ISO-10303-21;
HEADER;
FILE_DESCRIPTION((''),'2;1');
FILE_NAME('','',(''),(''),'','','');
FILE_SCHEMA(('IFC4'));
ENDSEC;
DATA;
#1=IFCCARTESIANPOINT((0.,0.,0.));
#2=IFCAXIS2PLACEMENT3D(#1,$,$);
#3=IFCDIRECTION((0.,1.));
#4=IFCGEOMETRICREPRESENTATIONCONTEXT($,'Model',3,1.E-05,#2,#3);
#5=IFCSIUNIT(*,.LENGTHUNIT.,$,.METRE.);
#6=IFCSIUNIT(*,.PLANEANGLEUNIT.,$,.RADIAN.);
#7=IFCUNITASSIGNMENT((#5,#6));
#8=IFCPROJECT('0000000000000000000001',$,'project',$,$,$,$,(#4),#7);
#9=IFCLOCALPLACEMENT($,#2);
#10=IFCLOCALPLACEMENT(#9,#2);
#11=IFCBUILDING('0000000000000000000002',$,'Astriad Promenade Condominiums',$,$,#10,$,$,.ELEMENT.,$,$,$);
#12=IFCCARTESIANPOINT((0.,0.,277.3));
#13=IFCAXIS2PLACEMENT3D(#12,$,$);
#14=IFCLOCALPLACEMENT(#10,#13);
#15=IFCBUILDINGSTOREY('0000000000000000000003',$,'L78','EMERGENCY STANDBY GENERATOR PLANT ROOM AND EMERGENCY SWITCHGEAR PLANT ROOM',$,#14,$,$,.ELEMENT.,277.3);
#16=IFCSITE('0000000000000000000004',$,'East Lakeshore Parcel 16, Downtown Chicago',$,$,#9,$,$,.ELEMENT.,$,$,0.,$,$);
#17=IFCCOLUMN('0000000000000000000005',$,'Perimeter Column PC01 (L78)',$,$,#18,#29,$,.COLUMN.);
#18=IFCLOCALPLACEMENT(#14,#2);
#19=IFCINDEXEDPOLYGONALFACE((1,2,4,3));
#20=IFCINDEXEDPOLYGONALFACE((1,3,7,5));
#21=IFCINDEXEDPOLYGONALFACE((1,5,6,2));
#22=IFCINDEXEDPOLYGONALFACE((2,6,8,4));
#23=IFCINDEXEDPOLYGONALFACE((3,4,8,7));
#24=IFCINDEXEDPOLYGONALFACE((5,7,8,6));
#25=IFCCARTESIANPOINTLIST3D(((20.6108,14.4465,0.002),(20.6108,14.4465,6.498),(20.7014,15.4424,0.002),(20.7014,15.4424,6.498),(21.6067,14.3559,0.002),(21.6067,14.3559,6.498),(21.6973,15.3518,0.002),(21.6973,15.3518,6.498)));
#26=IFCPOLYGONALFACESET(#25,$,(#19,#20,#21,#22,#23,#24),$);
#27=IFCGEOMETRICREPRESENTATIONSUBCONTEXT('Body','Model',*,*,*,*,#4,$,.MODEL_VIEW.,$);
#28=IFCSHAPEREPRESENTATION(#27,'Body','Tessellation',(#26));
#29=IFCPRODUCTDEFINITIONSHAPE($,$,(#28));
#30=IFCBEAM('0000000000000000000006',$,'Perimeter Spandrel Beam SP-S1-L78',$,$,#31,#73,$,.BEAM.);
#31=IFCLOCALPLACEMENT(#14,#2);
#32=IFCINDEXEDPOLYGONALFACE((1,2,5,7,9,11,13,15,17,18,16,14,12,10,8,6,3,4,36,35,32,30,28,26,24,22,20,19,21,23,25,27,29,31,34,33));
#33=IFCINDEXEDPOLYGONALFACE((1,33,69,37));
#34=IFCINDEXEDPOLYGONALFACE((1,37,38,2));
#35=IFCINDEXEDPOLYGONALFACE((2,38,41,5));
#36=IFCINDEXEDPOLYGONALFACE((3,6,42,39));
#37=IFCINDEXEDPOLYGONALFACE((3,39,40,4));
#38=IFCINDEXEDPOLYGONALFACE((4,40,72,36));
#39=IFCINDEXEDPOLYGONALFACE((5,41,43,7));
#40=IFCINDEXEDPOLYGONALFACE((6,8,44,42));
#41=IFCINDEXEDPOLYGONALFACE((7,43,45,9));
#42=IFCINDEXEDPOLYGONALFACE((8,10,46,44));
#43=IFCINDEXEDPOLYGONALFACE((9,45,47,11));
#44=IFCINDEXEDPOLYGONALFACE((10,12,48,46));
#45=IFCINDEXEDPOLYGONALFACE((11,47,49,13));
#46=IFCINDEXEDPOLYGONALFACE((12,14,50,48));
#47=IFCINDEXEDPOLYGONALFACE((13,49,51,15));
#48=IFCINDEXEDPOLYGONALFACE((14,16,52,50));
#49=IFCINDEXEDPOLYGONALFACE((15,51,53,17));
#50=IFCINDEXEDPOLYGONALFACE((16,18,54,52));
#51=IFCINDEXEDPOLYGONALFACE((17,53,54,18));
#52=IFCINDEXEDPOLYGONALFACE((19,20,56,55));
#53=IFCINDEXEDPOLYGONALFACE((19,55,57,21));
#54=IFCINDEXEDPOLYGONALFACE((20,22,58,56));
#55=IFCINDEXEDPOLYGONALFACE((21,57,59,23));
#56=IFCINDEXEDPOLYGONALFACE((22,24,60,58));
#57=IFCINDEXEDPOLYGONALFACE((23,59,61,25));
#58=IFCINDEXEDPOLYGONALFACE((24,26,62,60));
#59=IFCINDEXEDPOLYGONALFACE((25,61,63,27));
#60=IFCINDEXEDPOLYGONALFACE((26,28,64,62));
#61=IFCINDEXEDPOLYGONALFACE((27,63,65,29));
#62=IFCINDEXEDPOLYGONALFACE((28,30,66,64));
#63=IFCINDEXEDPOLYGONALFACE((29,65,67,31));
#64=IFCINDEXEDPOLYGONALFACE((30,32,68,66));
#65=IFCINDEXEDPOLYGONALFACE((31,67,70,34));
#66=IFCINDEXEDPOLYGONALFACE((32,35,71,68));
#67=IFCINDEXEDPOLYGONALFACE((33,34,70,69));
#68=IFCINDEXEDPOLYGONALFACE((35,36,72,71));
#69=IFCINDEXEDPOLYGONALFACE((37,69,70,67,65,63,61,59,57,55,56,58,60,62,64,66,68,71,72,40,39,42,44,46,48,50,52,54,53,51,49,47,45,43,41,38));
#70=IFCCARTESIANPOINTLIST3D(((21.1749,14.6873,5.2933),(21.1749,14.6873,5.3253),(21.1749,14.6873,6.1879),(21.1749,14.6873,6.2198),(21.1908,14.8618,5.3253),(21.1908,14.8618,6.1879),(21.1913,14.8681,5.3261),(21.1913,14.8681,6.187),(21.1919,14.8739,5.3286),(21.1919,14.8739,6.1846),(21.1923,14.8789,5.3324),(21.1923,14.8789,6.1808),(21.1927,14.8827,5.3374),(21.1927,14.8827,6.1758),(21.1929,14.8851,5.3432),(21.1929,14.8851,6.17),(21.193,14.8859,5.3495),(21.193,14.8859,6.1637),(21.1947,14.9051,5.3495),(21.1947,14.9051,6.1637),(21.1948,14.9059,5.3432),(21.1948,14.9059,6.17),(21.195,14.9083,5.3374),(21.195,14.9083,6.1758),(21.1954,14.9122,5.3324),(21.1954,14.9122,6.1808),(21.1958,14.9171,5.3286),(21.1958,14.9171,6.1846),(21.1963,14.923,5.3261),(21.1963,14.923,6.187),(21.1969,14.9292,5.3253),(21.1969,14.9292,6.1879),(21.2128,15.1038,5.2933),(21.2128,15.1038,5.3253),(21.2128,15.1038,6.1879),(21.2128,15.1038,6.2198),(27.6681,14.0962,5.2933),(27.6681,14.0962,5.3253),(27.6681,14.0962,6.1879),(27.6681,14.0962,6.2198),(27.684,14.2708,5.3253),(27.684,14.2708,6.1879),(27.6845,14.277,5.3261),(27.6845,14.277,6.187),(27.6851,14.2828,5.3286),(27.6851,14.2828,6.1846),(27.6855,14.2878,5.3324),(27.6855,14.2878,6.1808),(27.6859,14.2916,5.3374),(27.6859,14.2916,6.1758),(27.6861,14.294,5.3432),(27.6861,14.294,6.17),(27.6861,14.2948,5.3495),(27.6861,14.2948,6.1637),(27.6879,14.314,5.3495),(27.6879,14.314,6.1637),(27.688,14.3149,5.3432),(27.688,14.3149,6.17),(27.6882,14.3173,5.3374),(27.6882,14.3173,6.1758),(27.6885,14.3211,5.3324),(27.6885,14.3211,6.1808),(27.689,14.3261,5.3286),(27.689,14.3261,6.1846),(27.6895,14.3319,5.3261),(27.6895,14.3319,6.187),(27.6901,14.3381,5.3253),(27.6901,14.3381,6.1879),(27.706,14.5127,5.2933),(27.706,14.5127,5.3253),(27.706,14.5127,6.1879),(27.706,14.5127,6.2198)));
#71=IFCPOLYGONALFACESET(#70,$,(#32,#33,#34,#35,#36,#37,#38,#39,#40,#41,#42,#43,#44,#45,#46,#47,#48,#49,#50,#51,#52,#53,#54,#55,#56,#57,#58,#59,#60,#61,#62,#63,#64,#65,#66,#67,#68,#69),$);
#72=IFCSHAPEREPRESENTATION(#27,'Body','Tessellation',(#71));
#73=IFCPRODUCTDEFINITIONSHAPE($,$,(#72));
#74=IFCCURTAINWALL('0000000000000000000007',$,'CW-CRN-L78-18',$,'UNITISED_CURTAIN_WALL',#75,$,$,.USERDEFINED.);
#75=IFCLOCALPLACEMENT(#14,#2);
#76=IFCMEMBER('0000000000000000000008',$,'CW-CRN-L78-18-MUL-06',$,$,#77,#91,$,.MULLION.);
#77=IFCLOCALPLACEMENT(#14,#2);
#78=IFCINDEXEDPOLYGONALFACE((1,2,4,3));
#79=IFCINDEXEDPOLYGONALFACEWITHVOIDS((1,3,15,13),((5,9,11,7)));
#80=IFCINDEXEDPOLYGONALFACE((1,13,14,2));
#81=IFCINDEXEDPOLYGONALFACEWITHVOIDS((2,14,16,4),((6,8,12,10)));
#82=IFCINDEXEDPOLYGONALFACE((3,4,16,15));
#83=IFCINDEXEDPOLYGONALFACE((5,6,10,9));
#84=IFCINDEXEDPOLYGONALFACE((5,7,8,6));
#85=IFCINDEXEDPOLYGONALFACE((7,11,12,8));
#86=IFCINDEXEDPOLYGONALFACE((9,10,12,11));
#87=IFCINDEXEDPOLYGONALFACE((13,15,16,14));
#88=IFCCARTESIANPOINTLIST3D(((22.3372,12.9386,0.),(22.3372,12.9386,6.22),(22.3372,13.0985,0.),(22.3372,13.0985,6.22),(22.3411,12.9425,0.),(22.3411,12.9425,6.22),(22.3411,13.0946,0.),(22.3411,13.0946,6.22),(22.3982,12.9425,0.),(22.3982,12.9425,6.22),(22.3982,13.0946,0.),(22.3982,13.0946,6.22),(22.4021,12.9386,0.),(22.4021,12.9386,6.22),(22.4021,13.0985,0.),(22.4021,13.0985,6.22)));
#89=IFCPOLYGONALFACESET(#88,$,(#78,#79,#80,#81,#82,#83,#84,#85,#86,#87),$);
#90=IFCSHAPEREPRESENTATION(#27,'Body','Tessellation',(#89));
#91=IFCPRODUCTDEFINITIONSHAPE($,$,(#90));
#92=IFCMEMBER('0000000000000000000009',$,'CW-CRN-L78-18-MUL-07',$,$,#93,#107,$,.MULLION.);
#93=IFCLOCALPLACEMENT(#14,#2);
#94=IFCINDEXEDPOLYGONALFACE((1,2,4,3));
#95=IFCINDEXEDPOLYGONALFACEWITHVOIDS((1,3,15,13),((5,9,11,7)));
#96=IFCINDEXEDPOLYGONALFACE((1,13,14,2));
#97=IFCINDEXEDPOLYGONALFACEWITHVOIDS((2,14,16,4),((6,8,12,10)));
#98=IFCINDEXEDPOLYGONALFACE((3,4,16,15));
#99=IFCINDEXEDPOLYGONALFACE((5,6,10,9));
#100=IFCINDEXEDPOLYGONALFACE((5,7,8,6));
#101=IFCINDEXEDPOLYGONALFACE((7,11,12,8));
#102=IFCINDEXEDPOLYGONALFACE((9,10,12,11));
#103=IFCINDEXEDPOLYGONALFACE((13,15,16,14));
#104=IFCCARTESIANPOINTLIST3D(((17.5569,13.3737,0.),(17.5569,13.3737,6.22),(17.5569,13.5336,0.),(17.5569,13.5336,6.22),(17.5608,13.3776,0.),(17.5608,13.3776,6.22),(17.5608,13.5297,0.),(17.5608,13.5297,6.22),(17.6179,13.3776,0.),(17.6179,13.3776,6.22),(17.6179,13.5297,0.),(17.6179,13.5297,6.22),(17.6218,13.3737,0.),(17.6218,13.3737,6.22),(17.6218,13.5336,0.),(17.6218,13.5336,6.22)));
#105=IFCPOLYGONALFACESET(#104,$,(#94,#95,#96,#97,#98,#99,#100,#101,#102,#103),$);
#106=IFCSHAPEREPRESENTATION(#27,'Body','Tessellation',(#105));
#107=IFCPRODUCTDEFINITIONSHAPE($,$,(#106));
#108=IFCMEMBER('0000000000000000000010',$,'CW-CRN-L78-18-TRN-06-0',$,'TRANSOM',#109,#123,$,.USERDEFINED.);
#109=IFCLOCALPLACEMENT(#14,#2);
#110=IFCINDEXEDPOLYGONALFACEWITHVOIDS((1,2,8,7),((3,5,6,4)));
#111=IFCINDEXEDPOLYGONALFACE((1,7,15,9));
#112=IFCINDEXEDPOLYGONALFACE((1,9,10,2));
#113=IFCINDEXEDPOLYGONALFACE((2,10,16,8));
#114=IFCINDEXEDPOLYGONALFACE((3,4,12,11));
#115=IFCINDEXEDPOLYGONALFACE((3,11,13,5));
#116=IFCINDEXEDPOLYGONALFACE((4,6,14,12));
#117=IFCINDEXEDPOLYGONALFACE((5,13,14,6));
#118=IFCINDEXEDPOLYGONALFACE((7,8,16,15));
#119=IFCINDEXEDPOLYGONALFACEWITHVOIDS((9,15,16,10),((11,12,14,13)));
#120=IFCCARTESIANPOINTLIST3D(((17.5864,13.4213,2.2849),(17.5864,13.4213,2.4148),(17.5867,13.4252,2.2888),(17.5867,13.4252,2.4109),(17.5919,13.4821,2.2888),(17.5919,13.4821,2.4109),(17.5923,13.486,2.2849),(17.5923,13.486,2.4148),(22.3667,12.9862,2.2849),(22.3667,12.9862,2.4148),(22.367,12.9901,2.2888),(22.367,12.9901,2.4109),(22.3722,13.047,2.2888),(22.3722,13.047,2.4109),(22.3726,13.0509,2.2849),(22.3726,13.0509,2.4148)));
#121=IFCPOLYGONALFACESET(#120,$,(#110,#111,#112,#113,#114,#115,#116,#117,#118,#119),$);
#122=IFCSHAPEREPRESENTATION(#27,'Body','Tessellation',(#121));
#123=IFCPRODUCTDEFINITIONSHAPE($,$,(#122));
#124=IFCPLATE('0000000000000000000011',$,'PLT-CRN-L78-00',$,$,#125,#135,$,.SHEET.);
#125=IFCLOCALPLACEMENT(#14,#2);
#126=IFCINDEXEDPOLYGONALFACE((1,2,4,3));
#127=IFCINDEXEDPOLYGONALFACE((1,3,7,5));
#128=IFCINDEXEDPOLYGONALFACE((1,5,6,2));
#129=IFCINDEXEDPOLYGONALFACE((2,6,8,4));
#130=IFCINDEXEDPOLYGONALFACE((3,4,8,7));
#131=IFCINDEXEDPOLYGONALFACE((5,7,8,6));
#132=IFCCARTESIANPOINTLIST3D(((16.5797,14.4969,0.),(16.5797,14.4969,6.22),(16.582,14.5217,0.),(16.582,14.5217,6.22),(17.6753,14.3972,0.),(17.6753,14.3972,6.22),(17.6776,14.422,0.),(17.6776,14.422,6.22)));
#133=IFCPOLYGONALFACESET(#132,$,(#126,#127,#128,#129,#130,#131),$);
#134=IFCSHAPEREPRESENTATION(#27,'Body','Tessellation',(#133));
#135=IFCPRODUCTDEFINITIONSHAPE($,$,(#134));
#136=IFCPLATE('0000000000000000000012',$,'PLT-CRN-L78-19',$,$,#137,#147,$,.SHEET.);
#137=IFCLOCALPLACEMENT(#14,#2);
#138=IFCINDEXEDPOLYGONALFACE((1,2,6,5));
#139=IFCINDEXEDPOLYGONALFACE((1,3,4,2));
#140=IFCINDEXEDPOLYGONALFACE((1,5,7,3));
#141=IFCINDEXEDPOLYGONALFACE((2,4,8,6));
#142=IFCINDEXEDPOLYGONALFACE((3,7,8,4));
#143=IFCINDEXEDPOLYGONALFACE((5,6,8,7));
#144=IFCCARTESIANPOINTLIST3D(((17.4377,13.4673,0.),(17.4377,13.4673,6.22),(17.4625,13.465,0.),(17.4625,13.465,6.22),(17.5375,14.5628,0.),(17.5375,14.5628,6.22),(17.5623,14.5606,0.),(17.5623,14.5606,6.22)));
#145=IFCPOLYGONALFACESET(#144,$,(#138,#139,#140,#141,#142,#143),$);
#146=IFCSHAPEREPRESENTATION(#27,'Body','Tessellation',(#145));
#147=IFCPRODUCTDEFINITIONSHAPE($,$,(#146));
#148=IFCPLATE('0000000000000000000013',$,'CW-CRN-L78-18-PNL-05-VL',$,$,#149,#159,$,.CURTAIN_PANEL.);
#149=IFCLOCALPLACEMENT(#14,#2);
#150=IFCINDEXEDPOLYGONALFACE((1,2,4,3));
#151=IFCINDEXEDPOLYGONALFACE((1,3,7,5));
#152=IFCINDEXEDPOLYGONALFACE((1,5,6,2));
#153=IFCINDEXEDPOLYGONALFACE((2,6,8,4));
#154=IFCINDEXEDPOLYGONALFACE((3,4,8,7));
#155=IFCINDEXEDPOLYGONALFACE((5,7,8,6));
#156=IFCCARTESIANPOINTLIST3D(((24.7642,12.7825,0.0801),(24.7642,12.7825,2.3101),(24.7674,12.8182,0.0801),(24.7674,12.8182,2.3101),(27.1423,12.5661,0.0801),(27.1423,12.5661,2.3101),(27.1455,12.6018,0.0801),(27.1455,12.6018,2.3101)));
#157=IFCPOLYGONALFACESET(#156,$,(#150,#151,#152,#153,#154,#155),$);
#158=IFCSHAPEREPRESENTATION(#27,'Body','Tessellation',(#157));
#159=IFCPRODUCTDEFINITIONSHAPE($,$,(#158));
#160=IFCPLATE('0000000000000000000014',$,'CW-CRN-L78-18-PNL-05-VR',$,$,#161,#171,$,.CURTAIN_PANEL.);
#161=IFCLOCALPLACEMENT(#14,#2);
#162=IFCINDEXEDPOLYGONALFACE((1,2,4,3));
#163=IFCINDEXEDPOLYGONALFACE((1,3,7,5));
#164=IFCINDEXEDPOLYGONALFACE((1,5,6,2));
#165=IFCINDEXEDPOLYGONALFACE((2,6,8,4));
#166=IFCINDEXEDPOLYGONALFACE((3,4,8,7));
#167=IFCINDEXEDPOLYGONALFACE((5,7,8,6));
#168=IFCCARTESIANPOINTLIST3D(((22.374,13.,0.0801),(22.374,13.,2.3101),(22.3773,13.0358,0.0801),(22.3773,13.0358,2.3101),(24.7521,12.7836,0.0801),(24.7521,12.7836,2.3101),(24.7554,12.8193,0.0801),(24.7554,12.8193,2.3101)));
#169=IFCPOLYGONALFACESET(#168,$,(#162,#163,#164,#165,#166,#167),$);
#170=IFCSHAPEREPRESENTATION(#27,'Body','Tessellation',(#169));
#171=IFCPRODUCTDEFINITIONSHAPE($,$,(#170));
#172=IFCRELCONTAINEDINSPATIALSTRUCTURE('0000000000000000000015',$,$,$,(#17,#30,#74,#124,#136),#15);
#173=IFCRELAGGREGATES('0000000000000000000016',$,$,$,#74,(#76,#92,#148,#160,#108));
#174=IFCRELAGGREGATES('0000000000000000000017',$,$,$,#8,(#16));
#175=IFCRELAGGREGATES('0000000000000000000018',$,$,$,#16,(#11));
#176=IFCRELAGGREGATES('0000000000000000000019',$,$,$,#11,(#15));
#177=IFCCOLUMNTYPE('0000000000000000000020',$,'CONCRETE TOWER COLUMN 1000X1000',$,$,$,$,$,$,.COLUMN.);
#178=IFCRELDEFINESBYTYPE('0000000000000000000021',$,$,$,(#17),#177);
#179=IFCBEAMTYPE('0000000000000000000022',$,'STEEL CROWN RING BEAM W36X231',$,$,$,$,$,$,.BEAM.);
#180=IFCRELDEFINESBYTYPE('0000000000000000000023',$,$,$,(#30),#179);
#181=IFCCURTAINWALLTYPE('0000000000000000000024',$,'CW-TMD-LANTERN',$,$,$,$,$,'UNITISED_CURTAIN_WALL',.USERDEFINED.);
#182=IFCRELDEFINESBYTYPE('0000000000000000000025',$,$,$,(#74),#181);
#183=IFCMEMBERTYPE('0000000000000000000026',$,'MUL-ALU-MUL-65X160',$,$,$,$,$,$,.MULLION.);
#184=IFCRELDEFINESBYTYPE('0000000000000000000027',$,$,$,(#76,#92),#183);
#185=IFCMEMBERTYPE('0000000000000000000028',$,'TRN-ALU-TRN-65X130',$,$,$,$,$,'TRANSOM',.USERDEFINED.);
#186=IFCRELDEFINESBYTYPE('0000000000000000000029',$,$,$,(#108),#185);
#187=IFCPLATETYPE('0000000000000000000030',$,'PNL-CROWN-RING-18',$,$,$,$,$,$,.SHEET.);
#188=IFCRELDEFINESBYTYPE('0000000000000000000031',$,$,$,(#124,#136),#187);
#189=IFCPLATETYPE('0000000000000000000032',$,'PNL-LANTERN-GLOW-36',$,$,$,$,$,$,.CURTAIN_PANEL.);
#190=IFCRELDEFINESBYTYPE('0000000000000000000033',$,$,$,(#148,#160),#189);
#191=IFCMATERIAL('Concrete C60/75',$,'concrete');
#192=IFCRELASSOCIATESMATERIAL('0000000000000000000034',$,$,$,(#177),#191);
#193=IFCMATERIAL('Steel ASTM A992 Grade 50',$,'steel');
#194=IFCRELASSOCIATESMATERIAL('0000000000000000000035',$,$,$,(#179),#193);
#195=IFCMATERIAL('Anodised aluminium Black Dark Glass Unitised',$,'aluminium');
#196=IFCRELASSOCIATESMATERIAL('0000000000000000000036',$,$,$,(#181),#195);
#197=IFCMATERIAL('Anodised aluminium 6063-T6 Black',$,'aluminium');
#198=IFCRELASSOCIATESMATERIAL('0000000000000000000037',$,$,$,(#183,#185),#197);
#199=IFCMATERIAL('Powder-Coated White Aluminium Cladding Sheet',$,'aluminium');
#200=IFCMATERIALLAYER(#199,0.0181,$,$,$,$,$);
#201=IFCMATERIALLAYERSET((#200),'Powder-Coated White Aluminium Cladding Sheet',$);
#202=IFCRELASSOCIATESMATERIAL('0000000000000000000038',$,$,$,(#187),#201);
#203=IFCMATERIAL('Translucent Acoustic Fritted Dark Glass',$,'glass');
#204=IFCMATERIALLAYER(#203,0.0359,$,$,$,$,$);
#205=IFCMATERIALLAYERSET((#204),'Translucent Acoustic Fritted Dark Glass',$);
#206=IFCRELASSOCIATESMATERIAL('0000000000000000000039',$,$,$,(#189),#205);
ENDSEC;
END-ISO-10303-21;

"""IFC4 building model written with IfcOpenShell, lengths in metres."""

from ifc_helpers import new_model, si_unit, direction, frame, origin, origin_2d, place, context, subcontext, project, spatial, rectangle, hollow_rectangle, i_section, extrude, source, transform, mapped, material, layer, layer_set, material_profile, profile_set, type_object, type_shapes, element, aggregate, save


model = new_model("IFC4")

# Units and contexts
model_context = context("Model", 3, precision=1e-05, world=origin(), true_north=direction((0.0, 1.0)))
body_context = subcontext(model_context, "Body", "Model", "MODEL_VIEW")
ifc_project = project(units=[si_unit("LENGTHUNIT", "METRE"), si_unit("PLANEANGLEUNIT", "RADIAN")], contexts=[model_context])

# Site, building, storey
site_placement = place(None, origin())
site = spatial("IfcSite", under=ifc_project, at=site_placement, Name="East Lakeshore Parcel 16, Downtown Chicago", CompositionType="ELEMENT", RefElevation=0.0)
building_placement = place(site_placement, origin())
building = spatial("IfcBuilding", under=site, at=building_placement, Name="Astriad Promenade Condominiums", CompositionType="ELEMENT")
storey_placement = place(building_placement, frame((0.0, 0.0, 277.3)))
storey = spatial("IfcBuildingStorey", under=building, at=storey_placement, Name="L78", Description="EMERGENCY STANDBY GENERATOR PLANT ROOM AND EMERGENCY SWITCHGEAR PLANT ROOM", CompositionType="ELEMENT", Elevation=277.3)

# Column
ifc_material_1 = material(Name="Concrete C60/75", Category="concrete")
ifc_material_profile_1 = material_profile(ifc_material_1, rectangle(XDim=1.0, YDim=1.0, at=origin_2d()), Name="RC-COL-1000X1000")
ifc_profile_set_1 = profile_set([ifc_material_profile_1], Name="Concrete C60/75")
column_type = type_object("IfcColumnType", Name="CONCRETE TOWER COLUMN 1000X1000", PredefinedType="COLUMN", material=ifc_profile_set_1)
shared_shape_1 = source(origin(), body_context, "Body", "SweptSolid", [
    extrude(rectangle(XDim=1.0, YDim=1.0, at=origin_2d()), origin(), (0.0, 0.0, 1.0), 6.4961),
])
type_shapes(column_type, [shared_shape_1])
column_placement = place(storey_placement, frame((21.1541, 14.8992, 0.002), z_axis=(0.0, 0.0, 1.0), x_axis=(0.995884, -0.090633, 0.0)))
element("IfcColumn", 1, at=column_placement, inside=storey, type_object=column_type, Name="Perimeter Column PC01 (L78)", PredefinedType="COLUMN", context=body_context, shape_type="MappedRepresentation", body=[
    mapped(shared_shape_1, transform((0.0, 0.0, 0.0), scale=1.0)),
])

# Beam
ifc_material_2 = material(Name="Steel ASTM A992 Grade 50", Category="steel")
ifc_material_profile_2 = material_profile(ifc_material_2, i_section(OverallWidth=0.4182, OverallDepth=0.9265, WebThickness=0.0193, FlangeThickness=0.032, FilletRadius=0.0242, at=origin_2d()), Name="W36X231")
ifc_profile_set_2 = profile_set([ifc_material_profile_2], Name="Steel ASTM A992 Grade 50")
beam_type = type_object("IfcBeamType", Name="STEEL CROWN RING BEAM W36X231", PredefinedType="BEAM", material=ifc_profile_set_2)
shared_shape_2 = source(origin(), body_context, "Body", "SweptSolid", [
    extrude(i_section(OverallWidth=0.4182, OverallDepth=0.9265, WebThickness=0.0193, FlangeThickness=0.032, FilletRadius=0.0242, at=origin_2d()), origin(), (0.0, 0.0, 1.0), 6.52),
])
type_shapes(beam_type, [shared_shape_2])
beam_placement = place(storey_placement, frame((21.1938, 14.8955, 5.7566), z_axis=(0.995882, -0.090654, 0.0), x_axis=(0.090654, 0.995882, 0.0)))
element("IfcBeam", 2, at=beam_placement, inside=storey, type_object=beam_type, Name="Perimeter Spandrel Beam SP-S1-L78", PredefinedType="BEAM", context=body_context, shape_type="MappedRepresentation", body=[
    mapped(shared_shape_2, transform((0.0, 0.0, 0.0), scale=1.0)),
])

# Curtain wall, members
ifc_material_3 = material(Name="Anodised aluminium Black Dark Glass Unitised", Category="aluminium")
curtain_wall_type = type_object("IfcCurtainWallType", Name="CW-TMD-LANTERN", ElementType="UNITISED_CURTAIN_WALL", PredefinedType="USERDEFINED", material=ifc_material_3)
curtain_wall_placement = place(storey_placement, origin())
curtain_wall = element("IfcCurtainWall", 3, at=curtain_wall_placement, inside=storey, type_object=curtain_wall_type, Name="CW-CRN-L78-18", ObjectType="UNITISED_CURTAIN_WALL", PredefinedType="USERDEFINED")
ifc_material_4 = material(Name="Anodised aluminium 6063-T6 Black", Category="aluminium")
ifc_material_profile_3 = material_profile(ifc_material_4, hollow_rectangle(XDim=0.0649, YDim=0.1599, WallThickness=0.0039, at=origin_2d()), Name="ALU-MUL-65X160")
ifc_profile_set_3 = profile_set([ifc_material_profile_3], Name="Anodised aluminium 6063-T6 Black")
member_type_1 = type_object("IfcMemberType", Name="MUL-ALU-MUL-65X160", PredefinedType="MULLION", material=ifc_profile_set_3)
shared_shape_3 = source(origin(), body_context, "Body", "SweptSolid", [
    extrude(hollow_rectangle(XDim=0.0649, YDim=0.1599, WallThickness=0.0039, at=origin_2d()), origin(), (0.0, 0.0, 1.0), 6.22),
])
type_shapes(member_type_1, [shared_shape_3])
member_1_placement = place(storey_placement, frame((22.3696, 13.0186, 0.0), z_axis=(0.0, 0.0, 1.0), x_axis=(1.0, 0.0, 0.0)))
member_1 = element("IfcMember", 4, at=member_1_placement, type_object=member_type_1, Name="CW-CRN-L78-18-MUL-06", PredefinedType="MULLION", context=body_context, shape_type="MappedRepresentation", body=[
    mapped(shared_shape_3, transform((0.0, 0.0, 0.0), scale=1.0)),
])
member_2_placement = place(storey_placement, frame((17.5894, 13.4536, 0.0), z_axis=(0.0, 0.0, 1.0), x_axis=(1.0, 0.0, 0.0)))
member_2 = element("IfcMember", 5, at=member_2_placement, type_object=member_type_1, Name="CW-CRN-L78-18-MUL-07", PredefinedType="MULLION", context=body_context, shape_type="MappedRepresentation", body=[
    mapped(shared_shape_3, transform((0.0, 0.0, 0.0), scale=1.0)),
])
ifc_material_profile_4 = material_profile(ifc_material_4, hollow_rectangle(XDim=0.0649, YDim=0.1299, WallThickness=0.0039, at=origin_2d()), Name="ALU-TRN-65X130")
ifc_profile_set_4 = profile_set([ifc_material_profile_4], Name="Anodised aluminium 6063-T6 Black")
member_type_2 = type_object("IfcMemberType", Name="TRN-ALU-TRN-65X130", ElementType="TRANSOM", PredefinedType="USERDEFINED", material=ifc_profile_set_4)
shared_shape_4 = source(origin(), body_context, "Body", "SweptSolid", [
    extrude(hollow_rectangle(XDim=0.0649, YDim=0.1299, WallThickness=0.0039, at=origin_2d()), origin(), (0.0, 0.0, 1.0), 4.8),
])
type_shapes(member_type_2, [shared_shape_4])
member_3_placement = place(storey_placement, frame((22.3696, 13.0186, 2.3499), z_axis=(-0.995884, 0.090637, 0.0), x_axis=(-0.090637, -0.995884, 0.0)))
member_3 = element("IfcMember", 6, at=member_3_placement, type_object=member_type_2, Name="CW-CRN-L78-18-TRN-06-0", ObjectType="TRANSOM", PredefinedType="USERDEFINED", context=body_context, shape_type="MappedRepresentation", body=[
    mapped(shared_shape_4, transform((0.0, 0.0, 0.0), scale=1.0)),
])

# Plates
ifc_material_5 = material(Name="Powder-Coated White Aluminium Cladding Sheet", Category="aluminium")
ifc_layer_1 = layer(ifc_material_5, 0.0181)
ifc_layer_set_1 = layer_set([ifc_layer_1], Name="Powder-Coated White Aluminium Cladding Sheet")
plate_type_1 = type_object("IfcPlateType", Name="PNL-CROWN-RING-18", PredefinedType="SHEET", material=ifc_layer_set_1)
shared_shape_5 = source(origin(), body_context, "Body", "SweptSolid", [
    extrude(rectangle(XDim=1.1001, YDim=0.0249, at=origin_2d()), origin(), (0.0, 0.0, 1.0), 6.22),
])
type_shapes(plate_type_1, [shared_shape_5])
for number, where, z_axis, x_axis, name in (
    (7, (17.1287, 14.4595, 0.0), (0.0, 0.0, 1.0), (-0.995884, 0.090633, 0.0), "PLT-CRN-L78-00"),
    (8, (17.5, 14.0139, 0.0), (0.0, 0.0, 1.0), (0.090633, 0.995884, 0.0), "PLT-CRN-L78-19"),
):
    element("IfcPlate", number, at=place(storey_placement, frame(where, z_axis=z_axis, x_axis=x_axis)), inside=storey, type_object=plate_type_1, Name=name, PredefinedType="SHEET", context=body_context, shape_type="MappedRepresentation", body=[
        mapped(shared_shape_5, transform((0.0, 0.0, 0.0), scale=1.0)),
    ])

# Plates
ifc_material_6 = material(Name="Translucent Acoustic Fritted Dark Glass", Category="glass")
ifc_layer_2 = layer(ifc_material_6, 0.0359)
ifc_layer_set_2 = layer_set([ifc_layer_2], Name="Translucent Acoustic Fritted Dark Glass")
plate_type_2 = type_object("IfcPlateType", Name="PNL-LANTERN-GLOW-36", PredefinedType="CURTAIN_PANEL", material=ifc_layer_set_2)
shared_shape_6 = source(origin(), body_context, "Body", "SweptSolid", [
    extrude(rectangle(XDim=2.3879, YDim=0.0359, at=origin_2d()), origin(), (0.0, 0.0, 1.0), 2.23),
])
plate_1_placement = place(storey_placement, frame((25.9548, 12.6921, 0.0801), z_axis=(0.0, 0.0, 1.0), x_axis=(-0.995884, 0.090633, 0.0)))
plate_1 = element("IfcPlate", 9, at=plate_1_placement, type_object=plate_type_2, Name="CW-CRN-L78-18-PNL-05-VL", PredefinedType="CURTAIN_PANEL", context=body_context, shape_type="MappedRepresentation", body=[
    mapped(shared_shape_6, transform((0.0, 0.0, 0.0), scale=1.0)),
])
plate_2_placement = place(storey_placement, frame((23.5647, 12.9097, 0.0801), z_axis=(0.0, 0.0, 1.0), x_axis=(-0.995884, 0.090633, 0.0)))
plate_2 = element("IfcPlate", 10, at=plate_2_placement, type_object=plate_type_2, Name="CW-CRN-L78-18-PNL-05-VR", PredefinedType="CURTAIN_PANEL", context=body_context, shape_type="MappedRepresentation", body=[
    mapped(shared_shape_6, transform((0.0, 0.0, 0.0), scale=1.0)),
])
aggregate(curtain_wall, [member_1, member_2, plate_1, plate_2, member_3])

save(model, "model.ifc")
